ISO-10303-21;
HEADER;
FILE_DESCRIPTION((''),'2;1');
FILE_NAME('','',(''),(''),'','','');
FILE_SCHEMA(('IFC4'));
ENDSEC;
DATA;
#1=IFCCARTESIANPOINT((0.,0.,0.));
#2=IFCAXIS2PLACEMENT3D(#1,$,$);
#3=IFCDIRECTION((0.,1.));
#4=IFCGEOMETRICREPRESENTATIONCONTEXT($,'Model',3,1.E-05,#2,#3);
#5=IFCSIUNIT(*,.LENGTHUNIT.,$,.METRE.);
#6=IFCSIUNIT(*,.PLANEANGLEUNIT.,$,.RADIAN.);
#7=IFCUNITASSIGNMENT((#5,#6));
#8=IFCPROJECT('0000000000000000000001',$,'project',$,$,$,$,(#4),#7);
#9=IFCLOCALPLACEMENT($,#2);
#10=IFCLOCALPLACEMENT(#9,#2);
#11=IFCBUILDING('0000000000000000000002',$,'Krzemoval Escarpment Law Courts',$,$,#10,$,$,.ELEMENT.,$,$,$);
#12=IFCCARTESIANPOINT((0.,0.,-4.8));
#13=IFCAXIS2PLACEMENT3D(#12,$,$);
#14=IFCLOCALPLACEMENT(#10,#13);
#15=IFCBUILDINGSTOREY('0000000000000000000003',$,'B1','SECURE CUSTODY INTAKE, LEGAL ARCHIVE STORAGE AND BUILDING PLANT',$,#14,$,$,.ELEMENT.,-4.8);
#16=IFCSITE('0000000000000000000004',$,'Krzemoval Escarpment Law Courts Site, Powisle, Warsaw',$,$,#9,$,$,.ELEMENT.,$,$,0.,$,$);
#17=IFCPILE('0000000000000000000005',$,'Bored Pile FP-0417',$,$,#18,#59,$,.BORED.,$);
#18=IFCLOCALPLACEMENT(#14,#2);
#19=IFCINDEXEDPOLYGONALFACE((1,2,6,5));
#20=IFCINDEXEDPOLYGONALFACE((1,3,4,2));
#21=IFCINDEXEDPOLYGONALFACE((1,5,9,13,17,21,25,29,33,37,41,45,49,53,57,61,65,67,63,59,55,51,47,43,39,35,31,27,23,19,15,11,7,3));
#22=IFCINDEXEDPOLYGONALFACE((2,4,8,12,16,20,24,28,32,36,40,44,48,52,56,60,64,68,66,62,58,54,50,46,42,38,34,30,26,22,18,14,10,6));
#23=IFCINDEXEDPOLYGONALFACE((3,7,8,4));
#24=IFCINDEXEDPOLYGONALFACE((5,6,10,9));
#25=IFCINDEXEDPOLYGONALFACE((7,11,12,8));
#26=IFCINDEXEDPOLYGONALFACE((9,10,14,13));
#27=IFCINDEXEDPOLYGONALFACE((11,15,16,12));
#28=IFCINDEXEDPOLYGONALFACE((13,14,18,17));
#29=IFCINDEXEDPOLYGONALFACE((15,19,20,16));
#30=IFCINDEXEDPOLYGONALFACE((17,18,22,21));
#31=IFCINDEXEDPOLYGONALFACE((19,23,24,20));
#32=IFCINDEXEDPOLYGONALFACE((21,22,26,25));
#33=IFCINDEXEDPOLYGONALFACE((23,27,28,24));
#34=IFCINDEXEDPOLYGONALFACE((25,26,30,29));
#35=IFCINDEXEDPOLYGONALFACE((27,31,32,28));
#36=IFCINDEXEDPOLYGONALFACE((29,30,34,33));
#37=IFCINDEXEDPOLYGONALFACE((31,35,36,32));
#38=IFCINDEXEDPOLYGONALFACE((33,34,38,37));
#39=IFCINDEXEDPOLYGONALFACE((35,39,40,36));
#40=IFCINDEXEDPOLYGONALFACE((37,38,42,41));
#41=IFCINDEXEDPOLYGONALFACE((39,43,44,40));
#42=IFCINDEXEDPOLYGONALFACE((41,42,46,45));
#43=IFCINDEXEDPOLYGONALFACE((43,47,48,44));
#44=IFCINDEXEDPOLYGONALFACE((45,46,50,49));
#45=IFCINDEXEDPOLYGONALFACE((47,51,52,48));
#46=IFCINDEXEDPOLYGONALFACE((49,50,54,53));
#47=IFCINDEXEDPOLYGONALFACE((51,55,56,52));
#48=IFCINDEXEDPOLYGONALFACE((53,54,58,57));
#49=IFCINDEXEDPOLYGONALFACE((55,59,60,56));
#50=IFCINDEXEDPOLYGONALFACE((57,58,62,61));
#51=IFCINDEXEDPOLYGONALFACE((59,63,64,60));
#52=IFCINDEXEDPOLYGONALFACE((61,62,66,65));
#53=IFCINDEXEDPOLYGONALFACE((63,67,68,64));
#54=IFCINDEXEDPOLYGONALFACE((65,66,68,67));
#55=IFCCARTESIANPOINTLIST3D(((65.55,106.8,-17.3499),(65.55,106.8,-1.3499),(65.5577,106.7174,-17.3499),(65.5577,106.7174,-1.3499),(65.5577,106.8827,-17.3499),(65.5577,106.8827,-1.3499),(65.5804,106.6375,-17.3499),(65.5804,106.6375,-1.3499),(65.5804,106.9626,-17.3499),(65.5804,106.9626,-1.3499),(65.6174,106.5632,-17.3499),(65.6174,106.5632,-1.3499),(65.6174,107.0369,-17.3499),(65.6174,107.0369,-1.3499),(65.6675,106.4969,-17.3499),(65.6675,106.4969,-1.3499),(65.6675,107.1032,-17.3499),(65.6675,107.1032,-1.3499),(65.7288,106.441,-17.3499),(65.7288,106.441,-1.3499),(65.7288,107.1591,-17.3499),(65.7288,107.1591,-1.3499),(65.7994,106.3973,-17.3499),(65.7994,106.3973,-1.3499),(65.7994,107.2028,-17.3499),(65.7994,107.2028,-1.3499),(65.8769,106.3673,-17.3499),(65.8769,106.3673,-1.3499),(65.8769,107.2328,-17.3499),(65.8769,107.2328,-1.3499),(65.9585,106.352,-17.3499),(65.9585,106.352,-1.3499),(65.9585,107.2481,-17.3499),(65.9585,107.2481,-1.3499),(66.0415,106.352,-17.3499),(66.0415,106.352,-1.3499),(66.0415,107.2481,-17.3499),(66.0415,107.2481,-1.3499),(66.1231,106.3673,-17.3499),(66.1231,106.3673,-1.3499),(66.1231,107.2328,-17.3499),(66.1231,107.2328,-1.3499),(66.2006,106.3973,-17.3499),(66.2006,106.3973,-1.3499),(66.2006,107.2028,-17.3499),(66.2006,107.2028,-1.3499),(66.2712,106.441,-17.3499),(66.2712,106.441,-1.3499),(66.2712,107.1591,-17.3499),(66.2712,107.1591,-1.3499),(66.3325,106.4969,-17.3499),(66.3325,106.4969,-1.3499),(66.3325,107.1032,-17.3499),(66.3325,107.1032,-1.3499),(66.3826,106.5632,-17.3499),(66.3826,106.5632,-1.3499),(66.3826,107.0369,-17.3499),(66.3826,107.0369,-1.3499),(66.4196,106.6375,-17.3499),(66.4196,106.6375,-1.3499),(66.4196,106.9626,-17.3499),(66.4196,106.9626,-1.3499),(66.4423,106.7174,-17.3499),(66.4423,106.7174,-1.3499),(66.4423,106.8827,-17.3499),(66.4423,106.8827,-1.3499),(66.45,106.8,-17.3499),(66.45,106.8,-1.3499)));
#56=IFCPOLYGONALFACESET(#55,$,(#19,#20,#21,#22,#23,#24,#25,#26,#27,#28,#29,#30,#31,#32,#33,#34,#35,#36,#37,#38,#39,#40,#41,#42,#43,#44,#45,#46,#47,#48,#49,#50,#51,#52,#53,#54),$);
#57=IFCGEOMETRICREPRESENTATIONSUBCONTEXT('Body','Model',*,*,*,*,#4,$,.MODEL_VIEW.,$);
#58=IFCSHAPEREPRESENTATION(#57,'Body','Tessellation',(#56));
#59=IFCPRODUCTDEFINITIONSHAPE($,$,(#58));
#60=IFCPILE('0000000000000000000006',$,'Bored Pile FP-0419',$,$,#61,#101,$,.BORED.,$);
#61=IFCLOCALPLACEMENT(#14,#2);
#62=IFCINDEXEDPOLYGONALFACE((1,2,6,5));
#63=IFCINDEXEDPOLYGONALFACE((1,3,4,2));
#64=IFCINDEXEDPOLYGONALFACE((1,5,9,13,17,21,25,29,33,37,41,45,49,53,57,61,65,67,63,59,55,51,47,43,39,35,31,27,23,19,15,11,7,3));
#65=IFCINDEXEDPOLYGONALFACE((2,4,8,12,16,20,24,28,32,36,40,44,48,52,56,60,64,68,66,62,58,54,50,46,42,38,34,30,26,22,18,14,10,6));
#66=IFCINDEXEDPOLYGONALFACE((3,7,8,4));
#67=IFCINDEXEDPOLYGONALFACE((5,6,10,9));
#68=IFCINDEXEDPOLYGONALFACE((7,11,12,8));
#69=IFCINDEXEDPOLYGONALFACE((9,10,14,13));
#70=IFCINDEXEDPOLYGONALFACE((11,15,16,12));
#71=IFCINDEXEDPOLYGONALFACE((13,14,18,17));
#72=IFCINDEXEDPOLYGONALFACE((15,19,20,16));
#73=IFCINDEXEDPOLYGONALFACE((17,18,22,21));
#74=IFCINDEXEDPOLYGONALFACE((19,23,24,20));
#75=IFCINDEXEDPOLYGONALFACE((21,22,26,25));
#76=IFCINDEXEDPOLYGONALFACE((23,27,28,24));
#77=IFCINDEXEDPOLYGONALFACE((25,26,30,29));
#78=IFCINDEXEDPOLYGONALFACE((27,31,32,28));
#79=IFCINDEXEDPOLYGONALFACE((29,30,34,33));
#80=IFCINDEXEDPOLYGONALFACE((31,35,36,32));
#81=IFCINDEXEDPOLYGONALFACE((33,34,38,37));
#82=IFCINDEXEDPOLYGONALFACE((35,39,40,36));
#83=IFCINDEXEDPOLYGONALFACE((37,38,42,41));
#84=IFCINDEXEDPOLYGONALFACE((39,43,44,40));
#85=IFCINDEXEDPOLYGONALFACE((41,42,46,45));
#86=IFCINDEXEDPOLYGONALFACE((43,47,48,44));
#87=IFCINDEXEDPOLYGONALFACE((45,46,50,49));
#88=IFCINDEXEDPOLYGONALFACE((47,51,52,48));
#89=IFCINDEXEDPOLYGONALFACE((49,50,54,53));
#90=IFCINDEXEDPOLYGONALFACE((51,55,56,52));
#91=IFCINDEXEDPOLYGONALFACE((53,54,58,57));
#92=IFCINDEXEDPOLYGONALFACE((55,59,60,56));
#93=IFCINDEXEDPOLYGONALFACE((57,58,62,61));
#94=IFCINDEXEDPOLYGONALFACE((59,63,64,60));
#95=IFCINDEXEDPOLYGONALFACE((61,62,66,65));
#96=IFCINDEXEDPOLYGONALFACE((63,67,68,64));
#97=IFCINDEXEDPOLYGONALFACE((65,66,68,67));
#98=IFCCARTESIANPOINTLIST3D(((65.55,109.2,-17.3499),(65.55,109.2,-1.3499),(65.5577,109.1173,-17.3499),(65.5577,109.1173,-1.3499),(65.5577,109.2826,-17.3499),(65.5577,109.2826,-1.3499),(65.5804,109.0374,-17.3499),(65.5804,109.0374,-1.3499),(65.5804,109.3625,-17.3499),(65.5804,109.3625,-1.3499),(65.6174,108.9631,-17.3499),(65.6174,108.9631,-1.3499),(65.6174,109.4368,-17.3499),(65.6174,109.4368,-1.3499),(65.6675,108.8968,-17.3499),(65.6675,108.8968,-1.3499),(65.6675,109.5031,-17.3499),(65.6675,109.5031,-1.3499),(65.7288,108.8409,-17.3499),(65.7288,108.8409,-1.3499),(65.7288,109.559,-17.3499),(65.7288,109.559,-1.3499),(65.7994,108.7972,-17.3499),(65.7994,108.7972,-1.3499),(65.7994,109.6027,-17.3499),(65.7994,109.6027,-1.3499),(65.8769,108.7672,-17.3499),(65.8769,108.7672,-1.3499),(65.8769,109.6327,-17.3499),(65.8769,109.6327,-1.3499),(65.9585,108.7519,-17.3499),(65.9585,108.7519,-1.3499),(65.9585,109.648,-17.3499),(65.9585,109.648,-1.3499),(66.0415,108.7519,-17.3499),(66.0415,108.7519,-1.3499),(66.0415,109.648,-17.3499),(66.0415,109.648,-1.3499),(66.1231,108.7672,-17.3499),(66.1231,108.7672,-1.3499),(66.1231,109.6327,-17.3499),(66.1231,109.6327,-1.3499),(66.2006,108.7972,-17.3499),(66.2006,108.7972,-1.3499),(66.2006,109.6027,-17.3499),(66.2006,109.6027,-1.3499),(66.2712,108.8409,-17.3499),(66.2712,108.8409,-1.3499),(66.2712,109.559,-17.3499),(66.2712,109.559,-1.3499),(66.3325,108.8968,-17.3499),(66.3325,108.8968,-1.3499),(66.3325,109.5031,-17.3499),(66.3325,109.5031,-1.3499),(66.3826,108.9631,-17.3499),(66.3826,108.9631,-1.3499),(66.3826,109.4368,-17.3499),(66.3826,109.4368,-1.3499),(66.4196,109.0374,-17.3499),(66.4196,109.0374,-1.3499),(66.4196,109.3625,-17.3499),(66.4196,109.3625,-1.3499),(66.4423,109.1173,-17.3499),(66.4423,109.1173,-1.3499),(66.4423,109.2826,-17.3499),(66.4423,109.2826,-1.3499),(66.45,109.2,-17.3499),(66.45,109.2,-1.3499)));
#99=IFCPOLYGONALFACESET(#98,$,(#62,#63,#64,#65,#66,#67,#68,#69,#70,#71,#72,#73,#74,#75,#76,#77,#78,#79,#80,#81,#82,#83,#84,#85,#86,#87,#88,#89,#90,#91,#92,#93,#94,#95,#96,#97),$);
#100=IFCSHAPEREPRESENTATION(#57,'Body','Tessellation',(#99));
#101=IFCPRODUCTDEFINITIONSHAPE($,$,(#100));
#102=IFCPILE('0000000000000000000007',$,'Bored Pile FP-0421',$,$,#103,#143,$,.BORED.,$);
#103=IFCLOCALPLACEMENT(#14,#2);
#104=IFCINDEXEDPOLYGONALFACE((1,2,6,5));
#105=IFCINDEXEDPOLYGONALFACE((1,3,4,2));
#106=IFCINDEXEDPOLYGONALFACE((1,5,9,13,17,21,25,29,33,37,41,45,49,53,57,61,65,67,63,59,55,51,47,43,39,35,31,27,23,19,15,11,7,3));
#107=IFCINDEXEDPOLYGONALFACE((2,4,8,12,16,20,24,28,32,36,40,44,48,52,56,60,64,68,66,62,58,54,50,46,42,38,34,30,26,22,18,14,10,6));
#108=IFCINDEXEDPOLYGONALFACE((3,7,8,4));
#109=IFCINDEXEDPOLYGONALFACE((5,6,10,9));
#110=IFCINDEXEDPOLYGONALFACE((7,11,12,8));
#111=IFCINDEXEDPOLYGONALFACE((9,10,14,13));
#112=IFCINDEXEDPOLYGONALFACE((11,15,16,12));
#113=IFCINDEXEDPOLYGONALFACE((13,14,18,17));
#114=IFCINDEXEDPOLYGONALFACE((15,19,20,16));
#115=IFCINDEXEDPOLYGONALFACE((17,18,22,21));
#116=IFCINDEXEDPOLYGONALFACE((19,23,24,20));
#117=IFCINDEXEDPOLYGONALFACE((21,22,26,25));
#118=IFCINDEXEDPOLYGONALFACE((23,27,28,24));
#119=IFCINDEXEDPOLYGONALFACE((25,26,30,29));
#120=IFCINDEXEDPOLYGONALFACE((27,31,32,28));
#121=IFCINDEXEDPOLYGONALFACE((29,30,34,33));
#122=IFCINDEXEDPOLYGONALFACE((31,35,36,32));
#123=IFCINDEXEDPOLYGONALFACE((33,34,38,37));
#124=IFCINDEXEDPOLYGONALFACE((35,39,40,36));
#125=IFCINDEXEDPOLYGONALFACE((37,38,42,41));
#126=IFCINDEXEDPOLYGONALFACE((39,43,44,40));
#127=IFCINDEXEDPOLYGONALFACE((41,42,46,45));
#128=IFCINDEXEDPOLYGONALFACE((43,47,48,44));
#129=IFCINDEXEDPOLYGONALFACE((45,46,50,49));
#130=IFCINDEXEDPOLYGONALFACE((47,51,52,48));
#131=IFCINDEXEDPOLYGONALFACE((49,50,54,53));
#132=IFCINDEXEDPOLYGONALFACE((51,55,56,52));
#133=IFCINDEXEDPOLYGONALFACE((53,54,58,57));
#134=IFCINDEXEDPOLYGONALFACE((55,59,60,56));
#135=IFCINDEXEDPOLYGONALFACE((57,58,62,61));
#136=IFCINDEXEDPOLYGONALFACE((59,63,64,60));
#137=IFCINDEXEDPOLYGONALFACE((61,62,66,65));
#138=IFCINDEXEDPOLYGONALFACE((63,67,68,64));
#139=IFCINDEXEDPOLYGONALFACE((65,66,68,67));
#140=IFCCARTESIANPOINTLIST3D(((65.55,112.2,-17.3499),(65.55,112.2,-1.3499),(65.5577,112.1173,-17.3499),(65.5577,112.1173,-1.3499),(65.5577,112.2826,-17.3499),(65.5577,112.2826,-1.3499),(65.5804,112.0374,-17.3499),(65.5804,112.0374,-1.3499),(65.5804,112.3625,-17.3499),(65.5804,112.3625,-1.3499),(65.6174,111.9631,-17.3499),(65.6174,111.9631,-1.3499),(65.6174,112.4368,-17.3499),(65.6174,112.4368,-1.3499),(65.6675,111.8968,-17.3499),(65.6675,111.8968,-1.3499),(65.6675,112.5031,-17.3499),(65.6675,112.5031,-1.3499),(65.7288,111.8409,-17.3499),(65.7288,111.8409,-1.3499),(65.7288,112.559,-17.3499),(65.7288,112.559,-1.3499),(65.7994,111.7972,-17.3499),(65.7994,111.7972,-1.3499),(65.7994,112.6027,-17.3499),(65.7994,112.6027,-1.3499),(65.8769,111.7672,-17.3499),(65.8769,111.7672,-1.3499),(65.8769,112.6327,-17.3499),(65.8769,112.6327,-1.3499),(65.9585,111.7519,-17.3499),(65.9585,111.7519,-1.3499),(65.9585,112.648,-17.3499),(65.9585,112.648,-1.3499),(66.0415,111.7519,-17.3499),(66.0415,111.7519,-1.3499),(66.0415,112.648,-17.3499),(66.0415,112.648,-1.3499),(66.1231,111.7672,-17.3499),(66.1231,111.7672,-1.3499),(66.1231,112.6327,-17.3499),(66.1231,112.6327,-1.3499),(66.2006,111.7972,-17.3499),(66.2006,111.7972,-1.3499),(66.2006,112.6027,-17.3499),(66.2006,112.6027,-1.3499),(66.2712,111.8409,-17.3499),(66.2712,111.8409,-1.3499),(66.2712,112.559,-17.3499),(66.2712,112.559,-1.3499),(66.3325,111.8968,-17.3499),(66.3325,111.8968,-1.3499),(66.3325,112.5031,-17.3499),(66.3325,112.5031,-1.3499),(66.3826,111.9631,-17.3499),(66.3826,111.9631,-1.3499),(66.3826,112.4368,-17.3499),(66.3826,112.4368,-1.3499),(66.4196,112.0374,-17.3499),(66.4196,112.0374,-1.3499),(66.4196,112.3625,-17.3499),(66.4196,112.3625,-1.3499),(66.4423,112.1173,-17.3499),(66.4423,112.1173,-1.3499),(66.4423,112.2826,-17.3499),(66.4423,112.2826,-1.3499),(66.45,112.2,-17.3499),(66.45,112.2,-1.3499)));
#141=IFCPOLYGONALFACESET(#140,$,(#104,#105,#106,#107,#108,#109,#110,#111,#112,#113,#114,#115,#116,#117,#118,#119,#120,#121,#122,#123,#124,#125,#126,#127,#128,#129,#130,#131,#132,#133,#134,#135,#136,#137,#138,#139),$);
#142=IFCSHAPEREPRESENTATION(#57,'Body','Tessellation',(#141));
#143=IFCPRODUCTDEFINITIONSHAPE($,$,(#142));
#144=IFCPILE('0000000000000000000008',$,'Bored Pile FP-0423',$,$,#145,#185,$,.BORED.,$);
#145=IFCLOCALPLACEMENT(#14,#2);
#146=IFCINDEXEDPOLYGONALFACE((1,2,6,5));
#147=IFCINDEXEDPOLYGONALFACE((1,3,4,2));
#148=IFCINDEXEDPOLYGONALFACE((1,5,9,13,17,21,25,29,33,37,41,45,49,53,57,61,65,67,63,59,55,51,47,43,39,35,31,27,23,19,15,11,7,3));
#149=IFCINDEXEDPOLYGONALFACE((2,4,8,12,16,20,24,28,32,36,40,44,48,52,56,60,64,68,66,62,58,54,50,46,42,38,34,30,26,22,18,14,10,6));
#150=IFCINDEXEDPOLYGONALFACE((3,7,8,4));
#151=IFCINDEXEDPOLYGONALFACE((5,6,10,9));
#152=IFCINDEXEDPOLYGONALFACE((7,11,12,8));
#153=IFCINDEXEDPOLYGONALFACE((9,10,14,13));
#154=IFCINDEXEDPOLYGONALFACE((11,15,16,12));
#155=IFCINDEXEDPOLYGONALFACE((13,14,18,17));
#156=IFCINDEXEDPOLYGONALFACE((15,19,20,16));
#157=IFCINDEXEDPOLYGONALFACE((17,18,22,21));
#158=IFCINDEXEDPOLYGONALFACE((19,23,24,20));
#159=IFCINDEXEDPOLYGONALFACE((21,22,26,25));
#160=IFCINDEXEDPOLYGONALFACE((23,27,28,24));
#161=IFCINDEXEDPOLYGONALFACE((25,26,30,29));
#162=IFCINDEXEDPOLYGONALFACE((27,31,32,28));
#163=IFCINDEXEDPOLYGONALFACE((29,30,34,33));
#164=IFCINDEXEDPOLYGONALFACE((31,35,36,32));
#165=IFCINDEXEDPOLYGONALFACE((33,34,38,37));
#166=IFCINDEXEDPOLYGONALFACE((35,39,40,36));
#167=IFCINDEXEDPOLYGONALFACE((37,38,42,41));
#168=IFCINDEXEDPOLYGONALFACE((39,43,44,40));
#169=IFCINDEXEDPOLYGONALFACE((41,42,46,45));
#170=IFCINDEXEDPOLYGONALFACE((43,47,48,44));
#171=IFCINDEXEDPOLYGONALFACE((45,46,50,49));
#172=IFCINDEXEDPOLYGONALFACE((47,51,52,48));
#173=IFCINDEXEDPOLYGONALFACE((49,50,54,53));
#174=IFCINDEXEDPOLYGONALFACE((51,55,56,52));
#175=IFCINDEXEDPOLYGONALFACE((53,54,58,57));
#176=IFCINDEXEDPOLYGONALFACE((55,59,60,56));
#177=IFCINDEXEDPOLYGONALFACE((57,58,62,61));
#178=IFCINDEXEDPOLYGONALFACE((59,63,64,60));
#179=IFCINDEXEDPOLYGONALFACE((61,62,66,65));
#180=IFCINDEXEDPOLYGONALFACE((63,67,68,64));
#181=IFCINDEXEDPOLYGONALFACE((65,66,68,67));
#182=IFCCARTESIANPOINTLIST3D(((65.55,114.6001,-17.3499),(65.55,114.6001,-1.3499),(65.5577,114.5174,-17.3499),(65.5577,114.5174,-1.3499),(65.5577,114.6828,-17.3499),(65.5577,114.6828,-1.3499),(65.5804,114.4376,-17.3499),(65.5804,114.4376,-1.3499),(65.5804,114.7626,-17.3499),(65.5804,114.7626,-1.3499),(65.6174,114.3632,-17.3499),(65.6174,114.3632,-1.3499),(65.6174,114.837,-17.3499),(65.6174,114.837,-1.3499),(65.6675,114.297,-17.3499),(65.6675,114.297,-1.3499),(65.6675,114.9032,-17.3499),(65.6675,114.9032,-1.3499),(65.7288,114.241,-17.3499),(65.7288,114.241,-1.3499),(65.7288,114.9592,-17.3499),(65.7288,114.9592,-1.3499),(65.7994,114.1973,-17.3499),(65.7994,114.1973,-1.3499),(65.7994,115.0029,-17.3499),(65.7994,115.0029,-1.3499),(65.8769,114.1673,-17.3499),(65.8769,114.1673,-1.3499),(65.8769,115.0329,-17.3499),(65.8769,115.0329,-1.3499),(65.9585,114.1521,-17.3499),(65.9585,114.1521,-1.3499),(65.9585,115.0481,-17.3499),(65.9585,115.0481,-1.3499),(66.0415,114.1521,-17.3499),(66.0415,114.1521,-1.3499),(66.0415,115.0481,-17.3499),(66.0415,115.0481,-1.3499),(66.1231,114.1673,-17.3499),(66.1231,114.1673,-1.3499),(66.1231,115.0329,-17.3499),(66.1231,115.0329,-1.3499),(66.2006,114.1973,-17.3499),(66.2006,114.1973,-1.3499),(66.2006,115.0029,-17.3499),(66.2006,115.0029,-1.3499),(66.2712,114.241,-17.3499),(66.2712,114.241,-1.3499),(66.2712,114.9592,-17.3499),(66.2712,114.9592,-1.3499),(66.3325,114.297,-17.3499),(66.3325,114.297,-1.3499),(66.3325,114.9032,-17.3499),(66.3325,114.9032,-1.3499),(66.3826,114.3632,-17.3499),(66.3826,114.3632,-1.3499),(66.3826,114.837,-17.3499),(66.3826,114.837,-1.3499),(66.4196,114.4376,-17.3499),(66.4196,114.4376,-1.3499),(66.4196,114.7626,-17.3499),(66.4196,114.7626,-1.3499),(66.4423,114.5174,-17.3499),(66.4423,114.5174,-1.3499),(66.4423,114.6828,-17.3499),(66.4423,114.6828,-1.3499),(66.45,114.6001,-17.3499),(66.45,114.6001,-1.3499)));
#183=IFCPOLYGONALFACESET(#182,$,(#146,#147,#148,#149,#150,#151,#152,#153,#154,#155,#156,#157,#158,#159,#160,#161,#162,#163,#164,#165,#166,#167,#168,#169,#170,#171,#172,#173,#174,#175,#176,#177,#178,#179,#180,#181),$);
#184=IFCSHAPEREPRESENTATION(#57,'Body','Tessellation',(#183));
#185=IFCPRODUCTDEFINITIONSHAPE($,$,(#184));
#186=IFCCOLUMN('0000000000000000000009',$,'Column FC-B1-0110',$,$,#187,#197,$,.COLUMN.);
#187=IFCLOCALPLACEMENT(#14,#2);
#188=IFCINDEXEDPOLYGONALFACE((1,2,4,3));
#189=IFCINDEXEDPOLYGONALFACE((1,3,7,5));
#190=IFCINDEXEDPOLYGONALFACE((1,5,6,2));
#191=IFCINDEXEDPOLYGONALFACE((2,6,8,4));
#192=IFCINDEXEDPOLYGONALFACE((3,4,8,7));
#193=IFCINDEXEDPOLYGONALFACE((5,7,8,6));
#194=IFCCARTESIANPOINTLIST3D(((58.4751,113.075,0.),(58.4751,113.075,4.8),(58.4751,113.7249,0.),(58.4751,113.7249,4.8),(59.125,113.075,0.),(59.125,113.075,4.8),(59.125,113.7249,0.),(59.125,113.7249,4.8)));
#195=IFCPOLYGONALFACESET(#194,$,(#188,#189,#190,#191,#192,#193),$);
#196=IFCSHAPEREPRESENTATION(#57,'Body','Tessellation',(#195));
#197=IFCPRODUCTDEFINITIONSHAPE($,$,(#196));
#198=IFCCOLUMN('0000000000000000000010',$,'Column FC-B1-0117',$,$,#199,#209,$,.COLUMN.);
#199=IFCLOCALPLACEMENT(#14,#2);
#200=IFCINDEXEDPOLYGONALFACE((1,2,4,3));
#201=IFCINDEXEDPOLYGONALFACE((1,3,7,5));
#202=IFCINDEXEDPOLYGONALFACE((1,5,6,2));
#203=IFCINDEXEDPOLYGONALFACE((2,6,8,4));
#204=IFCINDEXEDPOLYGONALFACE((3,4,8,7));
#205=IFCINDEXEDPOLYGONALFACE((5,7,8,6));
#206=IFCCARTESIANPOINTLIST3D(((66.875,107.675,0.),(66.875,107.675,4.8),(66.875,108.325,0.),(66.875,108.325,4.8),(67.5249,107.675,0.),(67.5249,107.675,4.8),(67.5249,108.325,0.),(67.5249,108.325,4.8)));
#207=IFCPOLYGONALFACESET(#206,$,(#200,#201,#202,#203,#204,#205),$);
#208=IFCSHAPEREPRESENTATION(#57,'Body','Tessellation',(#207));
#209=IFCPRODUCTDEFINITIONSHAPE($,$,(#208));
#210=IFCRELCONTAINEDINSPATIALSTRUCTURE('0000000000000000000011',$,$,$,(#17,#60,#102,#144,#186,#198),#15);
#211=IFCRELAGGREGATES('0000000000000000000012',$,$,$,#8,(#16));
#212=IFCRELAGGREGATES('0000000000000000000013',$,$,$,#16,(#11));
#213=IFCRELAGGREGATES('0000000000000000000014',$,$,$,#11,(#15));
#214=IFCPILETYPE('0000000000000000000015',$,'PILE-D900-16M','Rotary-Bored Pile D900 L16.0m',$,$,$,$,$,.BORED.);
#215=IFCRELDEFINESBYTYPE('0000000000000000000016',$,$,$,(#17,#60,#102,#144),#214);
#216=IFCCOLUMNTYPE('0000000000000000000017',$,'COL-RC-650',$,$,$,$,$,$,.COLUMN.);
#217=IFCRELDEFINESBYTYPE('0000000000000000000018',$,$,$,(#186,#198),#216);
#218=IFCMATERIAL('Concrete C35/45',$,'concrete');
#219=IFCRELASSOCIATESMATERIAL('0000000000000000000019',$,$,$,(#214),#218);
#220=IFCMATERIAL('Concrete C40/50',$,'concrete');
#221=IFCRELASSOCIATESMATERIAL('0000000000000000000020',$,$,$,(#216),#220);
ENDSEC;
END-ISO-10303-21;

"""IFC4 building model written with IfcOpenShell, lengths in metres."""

from ifc_helpers import new_model, si_unit, direction, frame, origin, origin_2d, place, context, subcontext, project, spatial, rectangle, circle, extrude, material, material_profile, profile_set, type_object, element, save


model = new_model("IFC4")

# Units and contexts
model_context = context("Model", 3, precision=1e-05, world=origin(), true_north=direction((0.0, 1.0)))
body_context = subcontext(model_context, "Body", "Model", "MODEL_VIEW")
ifc_project = project(units=[si_unit("LENGTHUNIT", "METRE"), si_unit("PLANEANGLEUNIT", "RADIAN")], contexts=[model_context])

# Site, building, storey
site_placement = place(None, origin())
site = spatial("IfcSite", under=ifc_project, at=site_placement, Name="Krzemoval Escarpment Law Courts Site, Powisle, Warsaw", CompositionType="ELEMENT", RefElevation=0.0)
building_placement = place(site_placement, origin())
building = spatial("IfcBuilding", under=site, at=building_placement, Name="Krzemoval Escarpment Law Courts", CompositionType="ELEMENT")
storey_placement = place(building_placement, frame((0.0, 0.0, -4.8)))
storey = spatial("IfcBuildingStorey", under=building, at=storey_placement, Name="B1", Description="SECURE CUSTODY INTAKE, LEGAL ARCHIVE STORAGE AND BUILDING PLANT", CompositionType="ELEMENT", Elevation=-4.8)

# Piles
ifc_material_1 = material(Name="Concrete C35/45", Category="concrete")
ifc_material_profile_1 = material_profile(ifc_material_1, circle(Radius=0.45, at=origin_2d()), Name="PILE D900")
ifc_profile_set_1 = profile_set([ifc_material_profile_1], Name="Concrete C35/45")
pile_type = type_object("IfcPileType", Name="PILE-D900-16M", Description="Rotary-Bored Pile D900 L16.0m", PredefinedType="BORED", material=ifc_profile_set_1)
for number, where, z_axis, x_axis, name in (
    (1, (66.0, 106.8, -1.3499), (0.0, 0.0, -1.0), (1.0, 0.0, 0.0), "Bored Pile FP-0417"),
    (2, (66.0, 109.2, -1.3499), (0.0, 0.0, -1.0), (1.0, 0.0, 0.0), "Bored Pile FP-0419"),
    (3, (66.0, 112.2, -1.3499), (0.0, 0.0, -1.0), (1.0, 0.0, 0.0), "Bored Pile FP-0421"),
    (4, (66.0, 114.6001, -1.3499), (0.0, 0.0, -1.0), (1.0, 0.0, 0.0), "Bored Pile FP-0423"),
):
    element("IfcPile", number, at=place(storey_placement, frame(where, z_axis=z_axis, x_axis=x_axis)), inside=storey, type_object=pile_type, Name=name, PredefinedType="BORED", context=body_context, shape_type="SweptSolid", body=[
        extrude(circle(Radius=0.45, at=origin_2d()), origin(), (0.0, 0.0, 1.0), 16.0),
    ])

# Columns
ifc_material_2 = material(Name="Concrete C40/50", Category="concrete")
ifc_material_profile_2 = material_profile(ifc_material_2, rectangle(XDim=0.6499, YDim=0.6499, at=origin_2d()), Name="RC 650x650")
ifc_profile_set_2 = profile_set([ifc_material_profile_2], Name="Concrete C40/50")
column_type = type_object("IfcColumnType", Name="COL-RC-650", PredefinedType="COLUMN", material=ifc_profile_set_2)
for number, where, z_axis, x_axis, name in (
    (5, (58.8, 113.3999, 0.0), (0.0, 0.0, 1.0), (1.0, 0.0, 0.0), "Column FC-B1-0110"),
    (6, (67.2, 108.0, 0.0), (0.0, 0.0, 1.0), (1.0, 0.0, 0.0), "Column FC-B1-0117"),
):
    element("IfcColumn", number, at=place(storey_placement, frame(where, z_axis=z_axis, x_axis=x_axis)), inside=storey, type_object=column_type, Name=name, PredefinedType="COLUMN", context=body_context, shape_type="SweptSolid", body=[
        extrude(rectangle(XDim=0.6499, YDim=0.6499, at=origin_2d()), origin(), (0.0, 0.0, 1.0), 4.8),
    ])

save(model, "model.ifc")
